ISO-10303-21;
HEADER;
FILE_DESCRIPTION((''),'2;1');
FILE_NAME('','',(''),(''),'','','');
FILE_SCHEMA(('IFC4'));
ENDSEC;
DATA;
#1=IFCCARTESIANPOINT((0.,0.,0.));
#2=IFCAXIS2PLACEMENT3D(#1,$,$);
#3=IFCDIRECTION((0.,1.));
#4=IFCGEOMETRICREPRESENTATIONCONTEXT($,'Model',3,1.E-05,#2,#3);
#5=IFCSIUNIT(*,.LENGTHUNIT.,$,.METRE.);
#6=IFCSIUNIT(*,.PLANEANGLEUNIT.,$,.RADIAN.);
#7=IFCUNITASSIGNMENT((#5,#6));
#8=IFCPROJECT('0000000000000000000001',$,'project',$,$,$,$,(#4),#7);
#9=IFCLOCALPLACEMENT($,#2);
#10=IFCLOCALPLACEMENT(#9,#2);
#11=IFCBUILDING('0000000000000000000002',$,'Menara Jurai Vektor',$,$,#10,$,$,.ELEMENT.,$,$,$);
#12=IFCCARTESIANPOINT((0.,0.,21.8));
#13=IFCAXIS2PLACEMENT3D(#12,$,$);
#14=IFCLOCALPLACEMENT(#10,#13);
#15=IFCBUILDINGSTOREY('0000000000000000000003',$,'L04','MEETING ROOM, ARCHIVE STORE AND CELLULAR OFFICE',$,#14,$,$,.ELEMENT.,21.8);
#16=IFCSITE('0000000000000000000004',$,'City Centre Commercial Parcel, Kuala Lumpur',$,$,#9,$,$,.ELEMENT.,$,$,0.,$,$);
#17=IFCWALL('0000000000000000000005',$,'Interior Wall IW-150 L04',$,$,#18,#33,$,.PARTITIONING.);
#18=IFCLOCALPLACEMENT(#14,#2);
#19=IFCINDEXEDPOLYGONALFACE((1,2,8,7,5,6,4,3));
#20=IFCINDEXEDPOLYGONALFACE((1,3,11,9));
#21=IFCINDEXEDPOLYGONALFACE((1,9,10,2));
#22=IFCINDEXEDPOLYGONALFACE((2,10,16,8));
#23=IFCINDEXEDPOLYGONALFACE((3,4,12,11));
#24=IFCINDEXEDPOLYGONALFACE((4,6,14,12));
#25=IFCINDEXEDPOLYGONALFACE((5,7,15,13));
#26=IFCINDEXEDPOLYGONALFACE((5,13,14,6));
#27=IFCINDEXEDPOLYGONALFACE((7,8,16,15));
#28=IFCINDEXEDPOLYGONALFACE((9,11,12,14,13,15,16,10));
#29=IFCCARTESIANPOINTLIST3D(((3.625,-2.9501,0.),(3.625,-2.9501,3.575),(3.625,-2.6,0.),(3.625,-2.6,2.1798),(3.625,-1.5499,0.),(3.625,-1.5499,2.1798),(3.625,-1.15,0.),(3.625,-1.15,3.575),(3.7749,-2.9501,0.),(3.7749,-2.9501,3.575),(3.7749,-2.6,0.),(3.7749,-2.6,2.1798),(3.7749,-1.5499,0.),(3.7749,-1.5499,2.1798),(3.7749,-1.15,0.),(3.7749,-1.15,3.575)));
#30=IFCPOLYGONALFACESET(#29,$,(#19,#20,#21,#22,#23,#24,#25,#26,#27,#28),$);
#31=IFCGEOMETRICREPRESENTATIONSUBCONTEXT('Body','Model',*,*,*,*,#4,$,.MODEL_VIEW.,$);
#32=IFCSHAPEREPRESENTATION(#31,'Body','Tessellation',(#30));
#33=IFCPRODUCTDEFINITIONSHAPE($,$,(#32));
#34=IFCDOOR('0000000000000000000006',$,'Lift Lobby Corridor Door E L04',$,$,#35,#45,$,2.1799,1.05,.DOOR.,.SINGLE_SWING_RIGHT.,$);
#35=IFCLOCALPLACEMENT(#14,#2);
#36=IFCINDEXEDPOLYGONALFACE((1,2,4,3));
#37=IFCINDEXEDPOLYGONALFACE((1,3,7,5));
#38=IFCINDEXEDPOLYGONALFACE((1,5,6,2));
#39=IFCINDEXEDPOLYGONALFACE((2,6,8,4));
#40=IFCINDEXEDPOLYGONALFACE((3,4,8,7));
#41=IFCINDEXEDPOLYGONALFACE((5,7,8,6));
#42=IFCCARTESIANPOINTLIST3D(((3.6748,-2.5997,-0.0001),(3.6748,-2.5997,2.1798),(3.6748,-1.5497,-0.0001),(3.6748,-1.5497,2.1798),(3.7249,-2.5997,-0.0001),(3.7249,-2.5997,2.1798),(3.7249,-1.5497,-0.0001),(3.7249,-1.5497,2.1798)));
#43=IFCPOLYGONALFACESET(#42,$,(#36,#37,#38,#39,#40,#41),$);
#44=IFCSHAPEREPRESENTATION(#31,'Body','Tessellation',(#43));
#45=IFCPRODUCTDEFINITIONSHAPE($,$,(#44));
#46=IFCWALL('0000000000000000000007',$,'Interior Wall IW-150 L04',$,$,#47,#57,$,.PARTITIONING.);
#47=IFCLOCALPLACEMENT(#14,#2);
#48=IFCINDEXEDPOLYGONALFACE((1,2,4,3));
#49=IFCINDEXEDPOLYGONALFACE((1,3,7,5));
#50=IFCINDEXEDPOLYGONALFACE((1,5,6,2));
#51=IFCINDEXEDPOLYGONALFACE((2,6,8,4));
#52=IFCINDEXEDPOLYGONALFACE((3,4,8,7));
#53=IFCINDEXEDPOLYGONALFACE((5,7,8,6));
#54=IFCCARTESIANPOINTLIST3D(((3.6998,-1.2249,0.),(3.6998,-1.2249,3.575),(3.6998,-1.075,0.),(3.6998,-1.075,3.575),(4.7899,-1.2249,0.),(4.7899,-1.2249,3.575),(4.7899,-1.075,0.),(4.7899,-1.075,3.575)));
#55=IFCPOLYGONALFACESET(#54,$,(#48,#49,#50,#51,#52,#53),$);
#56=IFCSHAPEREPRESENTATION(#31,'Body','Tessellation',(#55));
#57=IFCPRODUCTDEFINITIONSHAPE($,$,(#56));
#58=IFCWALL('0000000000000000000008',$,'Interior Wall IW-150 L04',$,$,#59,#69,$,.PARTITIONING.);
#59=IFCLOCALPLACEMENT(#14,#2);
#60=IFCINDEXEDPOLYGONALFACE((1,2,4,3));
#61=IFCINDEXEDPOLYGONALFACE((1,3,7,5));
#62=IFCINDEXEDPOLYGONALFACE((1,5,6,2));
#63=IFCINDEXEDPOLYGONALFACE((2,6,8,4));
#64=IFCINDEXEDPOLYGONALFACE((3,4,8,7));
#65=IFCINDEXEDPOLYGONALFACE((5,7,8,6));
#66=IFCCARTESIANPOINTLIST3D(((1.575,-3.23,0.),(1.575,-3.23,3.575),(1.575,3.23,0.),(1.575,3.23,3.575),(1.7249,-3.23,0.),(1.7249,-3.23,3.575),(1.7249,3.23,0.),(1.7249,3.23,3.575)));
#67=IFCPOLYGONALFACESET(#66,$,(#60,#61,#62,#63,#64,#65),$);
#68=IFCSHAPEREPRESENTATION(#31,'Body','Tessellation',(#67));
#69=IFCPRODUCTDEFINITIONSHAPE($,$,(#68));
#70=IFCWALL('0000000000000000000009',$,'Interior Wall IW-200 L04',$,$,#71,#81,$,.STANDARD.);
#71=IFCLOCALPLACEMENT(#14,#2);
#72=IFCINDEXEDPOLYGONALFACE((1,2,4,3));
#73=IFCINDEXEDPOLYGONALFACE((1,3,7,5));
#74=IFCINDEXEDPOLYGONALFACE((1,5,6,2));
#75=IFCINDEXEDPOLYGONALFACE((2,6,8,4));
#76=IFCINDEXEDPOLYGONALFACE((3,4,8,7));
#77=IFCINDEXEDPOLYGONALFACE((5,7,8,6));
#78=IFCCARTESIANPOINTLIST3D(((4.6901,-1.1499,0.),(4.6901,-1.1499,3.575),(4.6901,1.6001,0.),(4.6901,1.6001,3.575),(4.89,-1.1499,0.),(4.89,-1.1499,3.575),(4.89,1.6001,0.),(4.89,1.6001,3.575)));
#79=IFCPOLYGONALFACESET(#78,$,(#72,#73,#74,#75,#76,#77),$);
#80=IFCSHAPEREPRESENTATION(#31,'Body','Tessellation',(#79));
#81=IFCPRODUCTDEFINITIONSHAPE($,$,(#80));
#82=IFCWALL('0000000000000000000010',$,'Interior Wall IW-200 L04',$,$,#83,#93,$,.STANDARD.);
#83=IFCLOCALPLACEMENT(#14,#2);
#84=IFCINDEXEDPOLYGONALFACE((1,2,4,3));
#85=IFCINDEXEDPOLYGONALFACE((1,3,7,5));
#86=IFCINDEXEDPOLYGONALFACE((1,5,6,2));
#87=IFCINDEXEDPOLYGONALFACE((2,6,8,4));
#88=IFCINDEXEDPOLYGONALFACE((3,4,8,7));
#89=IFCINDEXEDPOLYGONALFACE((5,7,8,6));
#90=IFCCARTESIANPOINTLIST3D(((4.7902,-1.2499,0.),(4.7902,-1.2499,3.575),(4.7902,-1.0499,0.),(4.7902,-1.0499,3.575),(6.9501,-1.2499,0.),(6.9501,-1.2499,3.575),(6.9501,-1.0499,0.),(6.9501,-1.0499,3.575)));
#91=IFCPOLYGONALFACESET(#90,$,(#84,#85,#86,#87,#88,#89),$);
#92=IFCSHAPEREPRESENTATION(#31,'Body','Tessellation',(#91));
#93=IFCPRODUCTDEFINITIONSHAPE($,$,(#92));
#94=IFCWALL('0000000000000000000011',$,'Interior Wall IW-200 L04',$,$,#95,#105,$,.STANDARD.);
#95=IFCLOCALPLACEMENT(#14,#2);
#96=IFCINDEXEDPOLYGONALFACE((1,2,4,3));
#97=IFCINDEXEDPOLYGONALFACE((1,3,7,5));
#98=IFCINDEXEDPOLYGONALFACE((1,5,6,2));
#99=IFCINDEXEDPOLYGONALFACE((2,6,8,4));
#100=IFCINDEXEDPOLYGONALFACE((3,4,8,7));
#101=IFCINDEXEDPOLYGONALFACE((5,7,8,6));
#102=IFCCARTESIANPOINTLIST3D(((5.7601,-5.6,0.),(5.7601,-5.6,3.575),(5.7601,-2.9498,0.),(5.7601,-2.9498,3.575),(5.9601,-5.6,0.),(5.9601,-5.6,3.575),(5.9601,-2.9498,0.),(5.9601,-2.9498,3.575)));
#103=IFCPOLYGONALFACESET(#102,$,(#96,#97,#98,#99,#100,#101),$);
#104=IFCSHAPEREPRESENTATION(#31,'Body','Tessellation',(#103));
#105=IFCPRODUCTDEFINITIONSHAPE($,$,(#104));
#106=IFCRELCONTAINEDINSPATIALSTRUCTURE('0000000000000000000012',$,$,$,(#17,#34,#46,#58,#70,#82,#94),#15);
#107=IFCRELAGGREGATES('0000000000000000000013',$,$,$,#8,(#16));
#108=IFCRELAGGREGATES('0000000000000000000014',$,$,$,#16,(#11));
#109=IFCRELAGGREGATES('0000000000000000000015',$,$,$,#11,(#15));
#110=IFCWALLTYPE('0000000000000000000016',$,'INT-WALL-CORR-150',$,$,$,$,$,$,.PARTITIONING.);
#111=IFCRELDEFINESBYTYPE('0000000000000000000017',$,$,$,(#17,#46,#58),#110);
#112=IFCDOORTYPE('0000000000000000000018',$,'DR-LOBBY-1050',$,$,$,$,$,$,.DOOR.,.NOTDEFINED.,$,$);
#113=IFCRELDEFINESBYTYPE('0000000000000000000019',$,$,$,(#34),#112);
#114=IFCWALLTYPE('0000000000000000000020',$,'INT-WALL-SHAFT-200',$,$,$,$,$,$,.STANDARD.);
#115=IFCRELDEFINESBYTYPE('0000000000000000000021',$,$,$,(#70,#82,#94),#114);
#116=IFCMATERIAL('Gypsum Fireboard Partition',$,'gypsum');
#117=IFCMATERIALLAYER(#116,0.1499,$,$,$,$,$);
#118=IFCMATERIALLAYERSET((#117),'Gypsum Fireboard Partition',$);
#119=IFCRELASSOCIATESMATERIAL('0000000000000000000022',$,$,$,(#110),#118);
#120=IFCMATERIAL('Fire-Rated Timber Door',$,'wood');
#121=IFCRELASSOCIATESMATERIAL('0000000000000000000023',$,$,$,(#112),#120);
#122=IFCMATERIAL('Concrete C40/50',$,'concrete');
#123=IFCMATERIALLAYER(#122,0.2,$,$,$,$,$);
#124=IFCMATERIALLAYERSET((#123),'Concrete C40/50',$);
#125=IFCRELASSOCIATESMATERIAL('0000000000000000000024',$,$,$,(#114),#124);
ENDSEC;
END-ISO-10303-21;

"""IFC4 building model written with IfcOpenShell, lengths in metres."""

from ifc_helpers import new_model, si_unit, direction, frame, frame_2d, origin, place, context, subcontext, project, spatial, rectangle, extrude, material, layer, layer_set, type_object, element, fill, save


model = new_model("IFC4")

# Units and contexts
model_context = context("Model", 3, precision=1e-05, world=origin(), true_north=direction((0.0, 1.0)))
body_context = subcontext(model_context, "Body", "Model", "MODEL_VIEW")
ifc_project = project(units=[si_unit("LENGTHUNIT", "METRE"), si_unit("PLANEANGLEUNIT", "RADIAN")], contexts=[model_context])

# Site, building, storey
site_placement = place(None, origin())
site = spatial("IfcSite", under=ifc_project, at=site_placement, Name="City Centre Commercial Parcel, Kuala Lumpur", CompositionType="ELEMENT", RefElevation=0.0)
building_placement = place(site_placement, origin())
building = spatial("IfcBuilding", under=site, at=building_placement, Name="Menara Jurai Vektor", CompositionType="ELEMENT")
storey_placement = place(building_placement, frame((0.0, 0.0, 21.8)))
storey = spatial("IfcBuildingStorey", under=building, at=storey_placement, Name="L04", Description="MEETING ROOM, ARCHIVE STORE AND CELLULAR OFFICE", CompositionType="ELEMENT", Elevation=21.8)

# Shared definitions
ifc_material_1 = material(Name="Concrete C40/50", Category="concrete")

# Wall, opening, door
ifc_material_2 = material(Name="Gypsum Fireboard Partition", Category="gypsum")
ifc_layer_1 = layer(ifc_material_2, 0.1499)
ifc_layer_set_1 = layer_set([ifc_layer_1], Name="Gypsum Fireboard Partition")
wall_type_1 = type_object("IfcWallType", Name="INT-WALL-CORR-150", PredefinedType="PARTITIONING", material=ifc_layer_set_1)
wall_1_placement = place(storey_placement, frame((3.7, -2.95, 0.0), z_axis=(0.0, 0.0, 1.0), x_axis=(0.0, 1.0, 0.0)))
wall_1 = element("IfcWall", 1, at=wall_1_placement, inside=storey, type_object=wall_type_1, Name="Interior Wall IW-150 L04", PredefinedType="PARTITIONING", context=body_context, shape_type="SweptSolid", body=[
    extrude(rectangle(XDim=1.8, YDim=0.1499, at=frame_2d((0.8999, 0.0))), origin(), (0.0, 0.0, 1.0), 3.575),
])
opening_1_placement = place(wall_1_placement, frame((0.3501, 0.0, 0.0)))
opening_1 = element("IfcOpeningElement", 2, at=opening_1_placement, cuts=wall_1, PredefinedType="OPENING", context=body_context, shape_type="SweptSolid", body=[
    extrude(rectangle(XDim=1.05, YDim=2.1799, at=frame_2d((0.5249, 1.0898))), frame((0.0, 0.085, 0.0), z_axis=(0.0, -1.0, 0.0), x_axis=(1.0, 0.0, 0.0)), (0.0, 0.0, 1.0), 0.1699),
])
ifc_material_3 = material(Name="Fire-Rated Timber Door", Category="wood")
door_type_1 = type_object("IfcDoorType", Name="DR-LOBBY-1050", OperationType="NOTDEFINED", PredefinedType="DOOR", material=ifc_material_3)
door_1_placement = place(opening_1_placement, frame((1.05, 0.0, 0.0), z_axis=(0.0, 0.0, 1.0), x_axis=(-1.0, 0.0, 0.0)))
door_1 = element("IfcDoor", 3, at=door_1_placement, inside=storey, type_object=door_type_1, Name="Lift Lobby Corridor Door E L04", OperationType="SINGLE_SWING_RIGHT", OverallHeight=2.1799, OverallWidth=1.05, PredefinedType="DOOR", context=body_context, shape_type="SweptSolid", body=[
    extrude(rectangle(XDim=1.05, YDim=2.1799, at=frame_2d((0.5249, 1.0898))), frame((0.0, 0.0249, 0.0), z_axis=(0.0, -1.0, 0.0), x_axis=(1.0, 0.0, 0.0)), (0.0, 0.0, 1.0), 0.05),
])
fill(opening_1, door_1)

# Walls
wall_2_placement = place(storey_placement, frame((3.7, -1.1499, 0.0), z_axis=(0.0, 0.0, 1.0), x_axis=(1.0, 0.0, 0.0)))
element("IfcWall", 4, at=wall_2_placement, inside=storey, type_object=wall_type_1, Name="Interior Wall IW-150 L04", PredefinedType="PARTITIONING", context=body_context, shape_type="SweptSolid", body=[
    extrude(rectangle(XDim=1.0901, YDim=0.1499, at=frame_2d((0.5449, 0.0))), origin(), (0.0, 0.0, 1.0), 3.575),
])
wall_3_placement = place(storey_placement, frame((1.6499, -3.23, 0.0), z_axis=(0.0, 0.0, 1.0), x_axis=(0.0, 1.0, 0.0)))
element("IfcWall", 5, at=wall_3_placement, inside=storey, type_object=wall_type_1, Name="Interior Wall IW-150 L04", PredefinedType="PARTITIONING", context=body_context, shape_type="SweptSolid", body=[
    extrude(rectangle(XDim=6.46, YDim=0.1499, at=frame_2d((3.23, 0.0))), origin(), (0.0, 0.0, 1.0), 3.575),
])

# Shared definitions
ifc_layer_2 = layer(ifc_material_1, 0.2)
ifc_layer_set_2 = layer_set([ifc_layer_2], Name="Concrete C40/50")
wall_type_2 = type_object("IfcWallType", Name="INT-WALL-SHAFT-200", PredefinedType="STANDARD", material=ifc_layer_set_2)

# Walls
wall_4_placement = place(storey_placement, frame((4.79, -1.1499, 0.0), z_axis=(0.0, 0.0, 1.0), x_axis=(0.0, 1.0, 0.0)))
element("IfcWall", 6, at=wall_4_placement, inside=storey, type_object=wall_type_2, Name="Interior Wall IW-200 L04", PredefinedType="STANDARD", context=body_context, shape_type="SweptSolid", body=[
    extrude(rectangle(XDim=2.75, YDim=0.2, at=frame_2d((1.375, 0.0))), origin(), (0.0, 0.0, 1.0), 3.575),
])
wall_5_placement = place(storey_placement, frame((4.79, -1.1499, 0.0), z_axis=(0.0, 0.0, 1.0), x_axis=(1.0, 0.0, 0.0)))
element("IfcWall", 7, at=wall_5_placement, inside=storey, type_object=wall_type_2, Name="Interior Wall IW-200 L04", PredefinedType="STANDARD", context=body_context, shape_type="SweptSolid", body=[
    extrude(rectangle(XDim=2.1599, YDim=0.2, at=frame_2d((1.0801, 0.0))), origin(), (0.0, 0.0, 1.0), 3.575),
])

# Wall
wall_6_placement = place(storey_placement, frame((5.8601, -5.6001, 0.0), z_axis=(0.0, 0.0, 1.0), x_axis=(0.0, 1.0, 0.0)))
element("IfcWall", 8, at=wall_6_placement, inside=storey, type_object=wall_type_2, Name="Interior Wall IW-200 L04", PredefinedType="STANDARD", context=body_context, shape_type="SweptSolid", body=[
    extrude(rectangle(XDim=2.6501, YDim=0.2, at=frame_2d((1.3252, 0.0))), origin(), (0.0, 0.0, 1.0), 3.575),
])

save(model, "model.ifc")
